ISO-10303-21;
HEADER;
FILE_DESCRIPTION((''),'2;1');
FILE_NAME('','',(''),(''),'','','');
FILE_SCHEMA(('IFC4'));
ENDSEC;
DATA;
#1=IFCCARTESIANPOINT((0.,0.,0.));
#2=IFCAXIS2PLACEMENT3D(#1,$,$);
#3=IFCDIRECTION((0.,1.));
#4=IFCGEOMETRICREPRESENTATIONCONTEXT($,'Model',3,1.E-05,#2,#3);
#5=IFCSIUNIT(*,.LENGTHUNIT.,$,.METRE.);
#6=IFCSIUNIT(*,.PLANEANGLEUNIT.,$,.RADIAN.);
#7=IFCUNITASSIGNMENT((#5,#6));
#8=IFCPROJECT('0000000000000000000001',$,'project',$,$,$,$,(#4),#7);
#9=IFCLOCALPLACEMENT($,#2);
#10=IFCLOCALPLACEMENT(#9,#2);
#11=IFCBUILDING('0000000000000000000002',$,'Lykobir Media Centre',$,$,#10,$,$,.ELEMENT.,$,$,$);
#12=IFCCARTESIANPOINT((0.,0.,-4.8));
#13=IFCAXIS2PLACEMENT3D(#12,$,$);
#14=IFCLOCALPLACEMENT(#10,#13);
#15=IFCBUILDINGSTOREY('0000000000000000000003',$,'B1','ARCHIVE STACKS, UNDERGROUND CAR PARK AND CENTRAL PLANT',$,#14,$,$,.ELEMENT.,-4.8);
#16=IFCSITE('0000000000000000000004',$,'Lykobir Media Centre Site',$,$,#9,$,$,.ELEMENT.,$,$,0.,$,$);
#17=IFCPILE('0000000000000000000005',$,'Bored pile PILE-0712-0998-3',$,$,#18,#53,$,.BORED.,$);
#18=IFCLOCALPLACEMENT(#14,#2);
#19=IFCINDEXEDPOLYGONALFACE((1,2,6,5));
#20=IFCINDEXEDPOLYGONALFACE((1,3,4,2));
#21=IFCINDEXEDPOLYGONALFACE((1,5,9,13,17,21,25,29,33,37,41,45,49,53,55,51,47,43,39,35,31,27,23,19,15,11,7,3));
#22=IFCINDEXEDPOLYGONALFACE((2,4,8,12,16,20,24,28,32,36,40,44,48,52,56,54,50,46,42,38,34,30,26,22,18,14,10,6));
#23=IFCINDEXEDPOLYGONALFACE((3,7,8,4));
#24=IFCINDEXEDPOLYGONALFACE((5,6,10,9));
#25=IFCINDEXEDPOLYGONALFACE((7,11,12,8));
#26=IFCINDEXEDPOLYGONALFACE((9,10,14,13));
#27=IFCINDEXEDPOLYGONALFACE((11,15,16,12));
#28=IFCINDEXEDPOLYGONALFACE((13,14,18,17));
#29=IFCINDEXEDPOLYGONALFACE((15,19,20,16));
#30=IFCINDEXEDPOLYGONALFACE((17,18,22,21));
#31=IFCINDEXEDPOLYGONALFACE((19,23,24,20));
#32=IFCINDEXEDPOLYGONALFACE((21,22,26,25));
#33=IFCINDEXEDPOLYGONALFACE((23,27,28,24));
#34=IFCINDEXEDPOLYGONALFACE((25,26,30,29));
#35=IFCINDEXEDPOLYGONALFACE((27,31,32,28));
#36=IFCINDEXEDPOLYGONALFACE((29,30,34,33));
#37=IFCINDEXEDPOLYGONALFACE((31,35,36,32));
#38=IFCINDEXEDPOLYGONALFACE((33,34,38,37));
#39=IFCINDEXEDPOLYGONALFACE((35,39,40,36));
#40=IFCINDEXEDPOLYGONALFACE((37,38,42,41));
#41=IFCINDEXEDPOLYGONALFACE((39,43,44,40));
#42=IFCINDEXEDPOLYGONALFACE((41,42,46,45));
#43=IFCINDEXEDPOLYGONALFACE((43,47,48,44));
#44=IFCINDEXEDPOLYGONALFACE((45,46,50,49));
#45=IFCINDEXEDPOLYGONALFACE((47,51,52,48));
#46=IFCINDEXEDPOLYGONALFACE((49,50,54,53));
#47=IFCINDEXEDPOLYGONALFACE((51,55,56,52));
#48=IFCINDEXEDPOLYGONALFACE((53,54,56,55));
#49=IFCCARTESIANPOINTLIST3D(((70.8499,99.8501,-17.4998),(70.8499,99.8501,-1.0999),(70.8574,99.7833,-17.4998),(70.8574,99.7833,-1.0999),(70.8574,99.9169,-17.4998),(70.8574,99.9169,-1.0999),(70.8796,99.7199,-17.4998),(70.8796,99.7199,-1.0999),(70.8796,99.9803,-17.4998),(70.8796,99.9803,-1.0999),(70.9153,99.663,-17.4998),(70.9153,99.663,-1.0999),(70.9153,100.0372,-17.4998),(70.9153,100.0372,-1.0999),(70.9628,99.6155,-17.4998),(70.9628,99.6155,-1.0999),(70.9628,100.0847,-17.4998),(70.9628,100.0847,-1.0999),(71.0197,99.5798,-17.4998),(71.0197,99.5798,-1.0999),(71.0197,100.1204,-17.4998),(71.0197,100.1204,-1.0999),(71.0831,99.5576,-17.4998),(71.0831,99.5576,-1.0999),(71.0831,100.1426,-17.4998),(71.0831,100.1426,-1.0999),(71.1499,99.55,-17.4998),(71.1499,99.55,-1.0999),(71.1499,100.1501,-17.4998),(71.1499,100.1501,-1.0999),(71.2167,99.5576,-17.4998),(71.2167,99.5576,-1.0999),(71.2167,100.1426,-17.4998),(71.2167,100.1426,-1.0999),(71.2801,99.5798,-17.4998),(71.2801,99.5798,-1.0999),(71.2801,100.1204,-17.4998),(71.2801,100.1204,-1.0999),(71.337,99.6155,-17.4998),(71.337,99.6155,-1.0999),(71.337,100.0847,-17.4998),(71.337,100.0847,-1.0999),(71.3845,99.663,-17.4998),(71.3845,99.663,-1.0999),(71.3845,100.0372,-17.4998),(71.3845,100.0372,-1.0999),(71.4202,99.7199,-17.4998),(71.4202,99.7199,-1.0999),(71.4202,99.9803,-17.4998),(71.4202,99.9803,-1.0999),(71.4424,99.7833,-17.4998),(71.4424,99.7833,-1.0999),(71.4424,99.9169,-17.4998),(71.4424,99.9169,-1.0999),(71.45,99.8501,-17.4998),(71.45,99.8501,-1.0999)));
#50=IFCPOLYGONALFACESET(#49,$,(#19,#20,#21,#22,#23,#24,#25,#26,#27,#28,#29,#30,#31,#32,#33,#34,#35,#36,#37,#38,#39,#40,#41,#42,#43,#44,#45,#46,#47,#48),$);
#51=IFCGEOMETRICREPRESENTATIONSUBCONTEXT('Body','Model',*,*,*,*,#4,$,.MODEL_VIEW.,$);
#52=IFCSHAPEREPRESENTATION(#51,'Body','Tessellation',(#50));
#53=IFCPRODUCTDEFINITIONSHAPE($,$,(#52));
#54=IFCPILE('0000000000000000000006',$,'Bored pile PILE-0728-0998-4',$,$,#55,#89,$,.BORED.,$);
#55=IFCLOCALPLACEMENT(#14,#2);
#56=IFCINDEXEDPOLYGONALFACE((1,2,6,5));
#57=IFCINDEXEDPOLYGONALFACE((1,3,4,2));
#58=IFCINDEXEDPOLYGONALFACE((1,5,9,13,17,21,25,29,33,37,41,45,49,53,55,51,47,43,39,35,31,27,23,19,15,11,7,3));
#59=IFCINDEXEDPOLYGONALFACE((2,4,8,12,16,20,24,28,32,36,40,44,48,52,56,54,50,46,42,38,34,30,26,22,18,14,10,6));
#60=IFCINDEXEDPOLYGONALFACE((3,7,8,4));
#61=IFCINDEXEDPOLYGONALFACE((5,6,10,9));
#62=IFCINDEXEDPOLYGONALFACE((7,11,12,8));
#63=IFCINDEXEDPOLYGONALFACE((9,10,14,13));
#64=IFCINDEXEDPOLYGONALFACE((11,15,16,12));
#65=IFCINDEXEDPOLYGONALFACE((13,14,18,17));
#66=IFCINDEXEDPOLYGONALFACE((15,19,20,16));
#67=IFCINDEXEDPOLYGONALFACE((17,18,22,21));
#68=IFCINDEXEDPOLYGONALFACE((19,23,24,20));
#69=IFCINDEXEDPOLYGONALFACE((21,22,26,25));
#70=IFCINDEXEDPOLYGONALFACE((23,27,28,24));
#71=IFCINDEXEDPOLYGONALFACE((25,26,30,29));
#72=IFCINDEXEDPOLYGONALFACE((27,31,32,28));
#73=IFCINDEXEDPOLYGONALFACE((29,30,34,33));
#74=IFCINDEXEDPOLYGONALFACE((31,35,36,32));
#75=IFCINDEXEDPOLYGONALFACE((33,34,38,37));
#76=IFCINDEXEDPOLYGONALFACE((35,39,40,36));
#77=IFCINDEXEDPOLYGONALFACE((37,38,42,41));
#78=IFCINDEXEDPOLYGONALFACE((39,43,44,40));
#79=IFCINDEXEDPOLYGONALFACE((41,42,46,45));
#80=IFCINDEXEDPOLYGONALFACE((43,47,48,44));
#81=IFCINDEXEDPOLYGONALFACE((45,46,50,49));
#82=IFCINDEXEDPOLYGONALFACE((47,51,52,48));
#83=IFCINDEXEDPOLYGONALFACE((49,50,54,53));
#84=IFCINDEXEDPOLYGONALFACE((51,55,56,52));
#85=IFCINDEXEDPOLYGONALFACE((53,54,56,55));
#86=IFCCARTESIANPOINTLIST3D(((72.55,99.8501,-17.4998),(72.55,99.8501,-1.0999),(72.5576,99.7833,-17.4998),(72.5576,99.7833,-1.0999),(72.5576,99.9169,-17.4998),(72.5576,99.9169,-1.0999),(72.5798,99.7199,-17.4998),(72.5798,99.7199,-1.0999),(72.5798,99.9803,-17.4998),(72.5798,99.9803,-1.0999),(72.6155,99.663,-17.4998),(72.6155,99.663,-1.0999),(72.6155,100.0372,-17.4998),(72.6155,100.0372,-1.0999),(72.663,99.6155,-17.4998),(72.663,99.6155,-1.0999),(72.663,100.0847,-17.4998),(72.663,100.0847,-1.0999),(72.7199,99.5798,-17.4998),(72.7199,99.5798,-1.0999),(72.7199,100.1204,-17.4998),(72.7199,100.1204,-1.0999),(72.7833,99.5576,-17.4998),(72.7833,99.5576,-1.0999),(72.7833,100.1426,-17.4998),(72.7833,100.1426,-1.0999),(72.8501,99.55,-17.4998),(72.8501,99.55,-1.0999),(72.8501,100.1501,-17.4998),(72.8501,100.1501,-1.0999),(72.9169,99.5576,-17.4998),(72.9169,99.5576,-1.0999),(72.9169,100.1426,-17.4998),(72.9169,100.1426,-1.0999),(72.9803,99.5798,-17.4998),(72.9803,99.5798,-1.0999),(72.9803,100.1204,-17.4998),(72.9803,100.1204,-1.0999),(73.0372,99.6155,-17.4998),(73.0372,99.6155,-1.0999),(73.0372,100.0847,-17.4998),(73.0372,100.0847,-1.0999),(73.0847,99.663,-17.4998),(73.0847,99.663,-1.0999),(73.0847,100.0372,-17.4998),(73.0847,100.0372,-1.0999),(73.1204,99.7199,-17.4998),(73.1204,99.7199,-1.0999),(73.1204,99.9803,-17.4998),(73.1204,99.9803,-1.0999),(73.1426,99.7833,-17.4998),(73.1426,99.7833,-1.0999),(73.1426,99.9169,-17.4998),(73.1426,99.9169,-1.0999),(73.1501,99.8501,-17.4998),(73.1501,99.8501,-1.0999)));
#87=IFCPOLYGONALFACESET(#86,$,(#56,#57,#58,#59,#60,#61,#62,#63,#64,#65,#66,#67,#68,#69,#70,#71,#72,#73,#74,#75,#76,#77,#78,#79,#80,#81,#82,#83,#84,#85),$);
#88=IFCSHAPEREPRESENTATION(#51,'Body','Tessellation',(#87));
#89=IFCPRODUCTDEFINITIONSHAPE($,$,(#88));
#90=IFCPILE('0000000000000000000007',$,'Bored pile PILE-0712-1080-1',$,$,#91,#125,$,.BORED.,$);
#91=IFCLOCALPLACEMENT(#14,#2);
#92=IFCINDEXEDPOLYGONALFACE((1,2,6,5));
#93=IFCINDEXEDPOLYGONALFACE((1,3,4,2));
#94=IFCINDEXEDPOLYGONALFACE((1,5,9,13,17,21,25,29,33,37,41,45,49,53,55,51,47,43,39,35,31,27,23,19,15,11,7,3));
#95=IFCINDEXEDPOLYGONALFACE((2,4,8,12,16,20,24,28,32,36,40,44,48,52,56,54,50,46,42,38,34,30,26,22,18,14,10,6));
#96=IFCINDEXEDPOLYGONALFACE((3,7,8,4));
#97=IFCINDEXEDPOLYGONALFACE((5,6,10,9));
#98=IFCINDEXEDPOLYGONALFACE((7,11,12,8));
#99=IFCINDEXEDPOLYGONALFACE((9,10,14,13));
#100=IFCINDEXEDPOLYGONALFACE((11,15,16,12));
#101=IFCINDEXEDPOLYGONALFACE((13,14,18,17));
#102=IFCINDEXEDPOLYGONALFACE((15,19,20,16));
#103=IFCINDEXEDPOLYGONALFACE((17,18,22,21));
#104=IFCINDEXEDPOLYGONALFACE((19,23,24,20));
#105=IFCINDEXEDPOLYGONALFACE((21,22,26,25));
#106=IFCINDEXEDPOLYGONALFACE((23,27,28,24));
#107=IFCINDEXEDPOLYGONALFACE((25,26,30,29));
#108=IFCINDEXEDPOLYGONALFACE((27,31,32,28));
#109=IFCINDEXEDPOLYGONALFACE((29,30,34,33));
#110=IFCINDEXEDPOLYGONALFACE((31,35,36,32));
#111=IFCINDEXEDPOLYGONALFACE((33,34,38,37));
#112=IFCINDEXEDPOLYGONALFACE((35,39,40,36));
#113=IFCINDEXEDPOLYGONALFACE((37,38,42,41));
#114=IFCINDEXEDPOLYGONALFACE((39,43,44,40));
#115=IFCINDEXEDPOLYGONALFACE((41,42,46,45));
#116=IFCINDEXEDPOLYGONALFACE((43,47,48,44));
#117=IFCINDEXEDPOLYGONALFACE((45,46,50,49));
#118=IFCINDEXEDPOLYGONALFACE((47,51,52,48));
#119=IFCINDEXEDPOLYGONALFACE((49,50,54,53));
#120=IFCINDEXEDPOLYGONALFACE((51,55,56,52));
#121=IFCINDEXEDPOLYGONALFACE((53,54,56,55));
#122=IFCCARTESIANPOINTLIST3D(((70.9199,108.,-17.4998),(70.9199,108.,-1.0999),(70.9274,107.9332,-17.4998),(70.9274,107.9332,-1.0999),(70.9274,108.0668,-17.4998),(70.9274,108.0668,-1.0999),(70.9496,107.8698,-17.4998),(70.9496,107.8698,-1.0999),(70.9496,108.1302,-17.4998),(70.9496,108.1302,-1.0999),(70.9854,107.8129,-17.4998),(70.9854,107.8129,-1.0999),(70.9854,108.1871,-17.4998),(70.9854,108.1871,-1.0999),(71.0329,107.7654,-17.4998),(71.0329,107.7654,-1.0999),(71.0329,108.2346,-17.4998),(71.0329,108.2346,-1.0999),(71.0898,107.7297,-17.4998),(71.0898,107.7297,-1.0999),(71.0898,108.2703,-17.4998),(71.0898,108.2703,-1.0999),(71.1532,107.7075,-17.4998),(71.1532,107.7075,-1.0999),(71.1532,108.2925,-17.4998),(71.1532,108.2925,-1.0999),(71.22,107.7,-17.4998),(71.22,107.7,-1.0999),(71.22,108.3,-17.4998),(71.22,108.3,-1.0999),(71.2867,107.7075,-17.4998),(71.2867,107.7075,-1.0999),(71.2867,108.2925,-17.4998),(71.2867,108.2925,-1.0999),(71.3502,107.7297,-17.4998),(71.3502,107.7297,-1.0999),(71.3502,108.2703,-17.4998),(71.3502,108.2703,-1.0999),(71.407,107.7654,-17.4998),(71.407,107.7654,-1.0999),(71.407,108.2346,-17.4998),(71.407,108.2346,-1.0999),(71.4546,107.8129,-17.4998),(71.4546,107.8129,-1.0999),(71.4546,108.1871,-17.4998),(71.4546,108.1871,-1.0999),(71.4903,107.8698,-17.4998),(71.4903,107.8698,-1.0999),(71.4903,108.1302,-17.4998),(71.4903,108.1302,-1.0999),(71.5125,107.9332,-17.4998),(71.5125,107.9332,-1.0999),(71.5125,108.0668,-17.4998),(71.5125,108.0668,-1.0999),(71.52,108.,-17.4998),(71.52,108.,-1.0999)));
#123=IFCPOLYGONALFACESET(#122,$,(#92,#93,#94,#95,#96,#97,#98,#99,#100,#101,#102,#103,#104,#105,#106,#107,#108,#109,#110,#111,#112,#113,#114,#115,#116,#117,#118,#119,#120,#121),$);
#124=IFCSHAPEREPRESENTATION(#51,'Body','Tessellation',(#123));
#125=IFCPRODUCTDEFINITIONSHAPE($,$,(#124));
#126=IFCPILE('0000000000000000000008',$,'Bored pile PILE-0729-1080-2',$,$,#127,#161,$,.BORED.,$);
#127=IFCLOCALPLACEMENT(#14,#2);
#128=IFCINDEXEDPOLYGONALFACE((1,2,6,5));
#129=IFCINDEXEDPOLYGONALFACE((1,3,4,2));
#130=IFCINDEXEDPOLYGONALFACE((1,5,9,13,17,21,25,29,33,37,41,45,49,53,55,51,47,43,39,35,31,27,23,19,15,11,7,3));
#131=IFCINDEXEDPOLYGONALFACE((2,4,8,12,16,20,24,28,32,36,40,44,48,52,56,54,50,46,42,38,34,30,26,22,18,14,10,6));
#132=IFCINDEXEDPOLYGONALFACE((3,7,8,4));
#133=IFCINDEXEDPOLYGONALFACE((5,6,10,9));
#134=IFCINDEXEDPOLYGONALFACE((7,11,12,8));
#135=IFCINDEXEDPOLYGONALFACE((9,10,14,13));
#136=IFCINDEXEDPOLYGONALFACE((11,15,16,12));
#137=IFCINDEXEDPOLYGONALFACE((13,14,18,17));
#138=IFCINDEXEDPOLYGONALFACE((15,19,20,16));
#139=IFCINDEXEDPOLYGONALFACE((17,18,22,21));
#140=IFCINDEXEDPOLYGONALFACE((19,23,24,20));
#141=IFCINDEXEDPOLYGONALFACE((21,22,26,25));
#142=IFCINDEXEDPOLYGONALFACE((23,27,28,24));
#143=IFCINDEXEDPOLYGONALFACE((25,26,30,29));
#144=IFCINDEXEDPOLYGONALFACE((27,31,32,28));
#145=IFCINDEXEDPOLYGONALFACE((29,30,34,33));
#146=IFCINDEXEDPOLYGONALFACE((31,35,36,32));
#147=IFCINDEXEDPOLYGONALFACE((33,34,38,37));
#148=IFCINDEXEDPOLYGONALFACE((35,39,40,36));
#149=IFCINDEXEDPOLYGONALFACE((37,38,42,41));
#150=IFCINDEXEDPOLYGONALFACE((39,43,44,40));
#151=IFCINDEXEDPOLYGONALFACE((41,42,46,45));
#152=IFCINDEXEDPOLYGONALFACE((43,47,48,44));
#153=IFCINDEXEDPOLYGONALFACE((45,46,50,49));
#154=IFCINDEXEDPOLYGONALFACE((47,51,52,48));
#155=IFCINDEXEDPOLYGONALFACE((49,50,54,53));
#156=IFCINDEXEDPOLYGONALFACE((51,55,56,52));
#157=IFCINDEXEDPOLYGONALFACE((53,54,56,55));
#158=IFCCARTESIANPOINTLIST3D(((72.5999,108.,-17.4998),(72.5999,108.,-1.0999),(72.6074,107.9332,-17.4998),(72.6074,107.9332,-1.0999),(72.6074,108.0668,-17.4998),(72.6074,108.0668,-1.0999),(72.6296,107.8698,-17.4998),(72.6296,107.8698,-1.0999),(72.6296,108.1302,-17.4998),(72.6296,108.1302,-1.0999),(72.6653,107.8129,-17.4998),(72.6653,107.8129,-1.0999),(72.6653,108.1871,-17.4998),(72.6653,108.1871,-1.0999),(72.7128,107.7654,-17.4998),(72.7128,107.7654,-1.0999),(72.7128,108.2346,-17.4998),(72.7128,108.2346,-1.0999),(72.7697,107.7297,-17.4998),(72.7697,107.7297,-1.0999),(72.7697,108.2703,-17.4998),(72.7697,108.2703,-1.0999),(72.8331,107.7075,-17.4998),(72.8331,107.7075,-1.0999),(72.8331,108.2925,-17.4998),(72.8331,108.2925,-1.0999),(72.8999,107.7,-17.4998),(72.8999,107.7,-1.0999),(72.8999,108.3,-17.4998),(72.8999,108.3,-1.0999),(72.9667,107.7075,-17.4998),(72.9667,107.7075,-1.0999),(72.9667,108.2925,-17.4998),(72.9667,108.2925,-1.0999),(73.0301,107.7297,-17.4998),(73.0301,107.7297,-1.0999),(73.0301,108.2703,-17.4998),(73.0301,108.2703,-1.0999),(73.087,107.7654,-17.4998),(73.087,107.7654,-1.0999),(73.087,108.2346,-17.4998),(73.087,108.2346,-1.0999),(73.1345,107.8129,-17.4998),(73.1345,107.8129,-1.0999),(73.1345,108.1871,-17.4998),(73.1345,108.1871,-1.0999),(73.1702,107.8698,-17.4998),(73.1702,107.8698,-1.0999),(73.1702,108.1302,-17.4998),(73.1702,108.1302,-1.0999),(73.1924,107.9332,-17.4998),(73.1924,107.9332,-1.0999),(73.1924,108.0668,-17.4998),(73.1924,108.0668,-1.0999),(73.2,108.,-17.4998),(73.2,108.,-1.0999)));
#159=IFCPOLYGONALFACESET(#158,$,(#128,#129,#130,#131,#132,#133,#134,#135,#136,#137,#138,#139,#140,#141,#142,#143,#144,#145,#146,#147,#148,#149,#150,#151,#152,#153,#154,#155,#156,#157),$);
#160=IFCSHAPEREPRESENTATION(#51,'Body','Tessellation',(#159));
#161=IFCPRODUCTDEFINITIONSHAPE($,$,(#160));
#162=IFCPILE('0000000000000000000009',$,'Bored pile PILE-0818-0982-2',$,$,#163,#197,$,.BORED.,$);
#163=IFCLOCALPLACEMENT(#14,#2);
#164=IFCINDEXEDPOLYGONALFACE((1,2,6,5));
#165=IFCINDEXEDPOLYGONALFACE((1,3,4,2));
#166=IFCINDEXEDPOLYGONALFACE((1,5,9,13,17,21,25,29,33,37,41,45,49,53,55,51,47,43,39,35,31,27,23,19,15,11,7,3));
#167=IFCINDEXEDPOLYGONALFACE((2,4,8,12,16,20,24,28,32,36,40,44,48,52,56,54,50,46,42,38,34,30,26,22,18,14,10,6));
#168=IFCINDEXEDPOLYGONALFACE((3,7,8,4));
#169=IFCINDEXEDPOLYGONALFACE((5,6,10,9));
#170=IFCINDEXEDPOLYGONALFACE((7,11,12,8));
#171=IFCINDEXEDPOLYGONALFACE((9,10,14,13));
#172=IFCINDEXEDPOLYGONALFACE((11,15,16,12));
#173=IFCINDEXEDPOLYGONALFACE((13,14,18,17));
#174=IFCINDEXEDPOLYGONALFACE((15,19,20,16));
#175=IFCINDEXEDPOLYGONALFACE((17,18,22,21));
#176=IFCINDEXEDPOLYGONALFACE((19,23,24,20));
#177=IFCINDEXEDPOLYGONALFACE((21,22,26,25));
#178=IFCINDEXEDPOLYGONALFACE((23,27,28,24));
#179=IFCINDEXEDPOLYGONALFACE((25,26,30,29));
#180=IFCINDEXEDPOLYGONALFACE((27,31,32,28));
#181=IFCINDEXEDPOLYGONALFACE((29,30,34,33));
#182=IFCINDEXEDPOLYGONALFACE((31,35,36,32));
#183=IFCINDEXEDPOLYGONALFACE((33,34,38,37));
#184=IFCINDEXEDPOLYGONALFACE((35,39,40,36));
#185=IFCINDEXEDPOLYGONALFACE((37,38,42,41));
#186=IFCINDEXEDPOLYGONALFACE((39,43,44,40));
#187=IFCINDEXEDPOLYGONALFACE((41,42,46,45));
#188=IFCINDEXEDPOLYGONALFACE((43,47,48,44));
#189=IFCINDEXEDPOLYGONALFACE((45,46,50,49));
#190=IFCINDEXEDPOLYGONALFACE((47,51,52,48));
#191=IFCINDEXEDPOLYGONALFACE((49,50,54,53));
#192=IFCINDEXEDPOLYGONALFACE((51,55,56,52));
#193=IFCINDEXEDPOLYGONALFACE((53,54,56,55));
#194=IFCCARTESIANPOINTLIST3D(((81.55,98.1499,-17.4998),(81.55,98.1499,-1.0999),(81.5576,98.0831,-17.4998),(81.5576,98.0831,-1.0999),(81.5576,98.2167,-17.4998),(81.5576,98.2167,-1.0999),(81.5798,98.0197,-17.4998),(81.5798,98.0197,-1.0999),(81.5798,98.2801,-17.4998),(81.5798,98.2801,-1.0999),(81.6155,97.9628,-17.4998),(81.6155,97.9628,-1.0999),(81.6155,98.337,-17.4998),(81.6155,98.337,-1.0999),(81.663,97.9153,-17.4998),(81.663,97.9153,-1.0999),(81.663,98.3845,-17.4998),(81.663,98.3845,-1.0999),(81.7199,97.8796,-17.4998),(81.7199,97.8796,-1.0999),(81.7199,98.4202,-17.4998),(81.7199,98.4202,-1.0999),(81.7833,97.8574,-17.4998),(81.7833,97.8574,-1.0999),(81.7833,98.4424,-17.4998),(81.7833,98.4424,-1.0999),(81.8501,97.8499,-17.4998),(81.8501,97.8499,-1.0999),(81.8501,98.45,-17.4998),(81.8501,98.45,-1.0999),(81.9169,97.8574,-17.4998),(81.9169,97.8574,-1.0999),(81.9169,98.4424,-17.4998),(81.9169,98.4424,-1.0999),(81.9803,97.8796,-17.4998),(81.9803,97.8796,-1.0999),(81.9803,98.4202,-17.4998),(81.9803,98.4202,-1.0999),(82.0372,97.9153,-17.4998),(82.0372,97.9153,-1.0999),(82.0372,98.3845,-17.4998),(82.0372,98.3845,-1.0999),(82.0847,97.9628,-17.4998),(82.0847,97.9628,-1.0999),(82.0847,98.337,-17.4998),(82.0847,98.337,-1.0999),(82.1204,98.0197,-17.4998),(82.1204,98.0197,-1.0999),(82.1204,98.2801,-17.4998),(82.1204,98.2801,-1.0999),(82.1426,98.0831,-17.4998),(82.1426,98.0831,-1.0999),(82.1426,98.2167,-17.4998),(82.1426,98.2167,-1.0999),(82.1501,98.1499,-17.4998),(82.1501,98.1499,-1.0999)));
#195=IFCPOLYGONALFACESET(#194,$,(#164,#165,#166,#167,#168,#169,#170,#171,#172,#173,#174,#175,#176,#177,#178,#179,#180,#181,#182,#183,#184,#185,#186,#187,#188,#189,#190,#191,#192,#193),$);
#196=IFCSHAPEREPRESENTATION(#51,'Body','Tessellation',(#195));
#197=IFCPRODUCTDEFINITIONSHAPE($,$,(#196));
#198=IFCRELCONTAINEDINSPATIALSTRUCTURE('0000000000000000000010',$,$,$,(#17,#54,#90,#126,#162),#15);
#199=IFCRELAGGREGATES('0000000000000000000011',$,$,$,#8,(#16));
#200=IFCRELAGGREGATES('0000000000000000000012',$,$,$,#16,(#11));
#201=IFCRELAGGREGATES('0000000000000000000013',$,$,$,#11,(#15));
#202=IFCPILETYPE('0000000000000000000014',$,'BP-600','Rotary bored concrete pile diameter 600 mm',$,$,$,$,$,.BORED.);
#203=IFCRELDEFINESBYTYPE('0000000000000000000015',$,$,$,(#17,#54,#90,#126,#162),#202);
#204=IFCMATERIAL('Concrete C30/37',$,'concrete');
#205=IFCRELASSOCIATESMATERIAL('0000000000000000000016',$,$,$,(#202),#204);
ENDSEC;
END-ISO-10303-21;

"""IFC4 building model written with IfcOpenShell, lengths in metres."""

from ifc_helpers import new_model, si_unit, direction, frame, origin, origin_2d, place, context, subcontext, project, spatial, circle, extrude, material, material_profile, profile_set, type_object, element, save


model = new_model("IFC4")

# Units and contexts
model_context = context("Model", 3, precision=1e-05, world=origin(), true_north=direction((0.0, 1.0)))
body_context = subcontext(model_context, "Body", "Model", "MODEL_VIEW")
ifc_project = project(units=[si_unit("LENGTHUNIT", "METRE"), si_unit("PLANEANGLEUNIT", "RADIAN")], contexts=[model_context])

# Site, building, storey
site_placement = place(None, origin())
site = spatial("IfcSite", under=ifc_project, at=site_placement, Name="Lykobir Media Centre Site", CompositionType="ELEMENT", RefElevation=0.0)
building_placement = place(site_placement, origin())
building = spatial("IfcBuilding", under=site, at=building_placement, Name="Lykobir Media Centre", CompositionType="ELEMENT")
storey_placement = place(building_placement, frame((0.0, 0.0, -4.8)))
storey = spatial("IfcBuildingStorey", under=building, at=storey_placement, Name="B1", Description="ARCHIVE STACKS, UNDERGROUND CAR PARK AND CENTRAL PLANT", CompositionType="ELEMENT", Elevation=-4.8)

# Piles
ifc_material_1 = material(Name="Concrete C30/37", Category="concrete")
ifc_material_profile_1 = material_profile(ifc_material_1, circle(Radius=0.3, at=origin_2d()), Name="BORED PILE D600")
ifc_profile_set_1 = profile_set([ifc_material_profile_1], Name="Concrete C30/37")
pile_type = type_object("IfcPileType", Name="BP-600", Description="Rotary bored concrete pile diameter 600 mm", PredefinedType="BORED", material=ifc_profile_set_1)
for number, where, z_axis, x_axis, name in (
    (1, (71.1499, 99.8501, -1.0999), (0.0, 0.0, -1.0), (1.0, 0.0, 0.0), "Bored pile PILE-0712-0998-3"),
    (2, (72.8501, 99.8501, -1.0999), (0.0, 0.0, -1.0), (1.0, 0.0, 0.0), "Bored pile PILE-0728-0998-4"),
    (3, (71.22, 108.0, -1.0999), (0.0, 0.0, -1.0), (1.0, 0.0, 0.0), "Bored pile PILE-0712-1080-1"),
    (4, (72.8999, 108.0, -1.0999), (0.0, 0.0, -1.0), (1.0, 0.0, 0.0), "Bored pile PILE-0729-1080-2"),
    (5, (81.8501, 98.1499, -1.0999), (0.0, 0.0, -1.0), (1.0, 0.0, 0.0), "Bored pile PILE-0818-0982-2"),
):
    element("IfcPile", number, at=place(storey_placement, frame(where, z_axis=z_axis, x_axis=x_axis)), inside=storey, type_object=pile_type, Name=name, PredefinedType="BORED", context=body_context, shape_type="SweptSolid", body=[
        extrude(circle(Radius=0.3, at=origin_2d()), origin(), (0.0, 0.0, 1.0), 16.3999),
    ])

save(model, "model.ifc")
